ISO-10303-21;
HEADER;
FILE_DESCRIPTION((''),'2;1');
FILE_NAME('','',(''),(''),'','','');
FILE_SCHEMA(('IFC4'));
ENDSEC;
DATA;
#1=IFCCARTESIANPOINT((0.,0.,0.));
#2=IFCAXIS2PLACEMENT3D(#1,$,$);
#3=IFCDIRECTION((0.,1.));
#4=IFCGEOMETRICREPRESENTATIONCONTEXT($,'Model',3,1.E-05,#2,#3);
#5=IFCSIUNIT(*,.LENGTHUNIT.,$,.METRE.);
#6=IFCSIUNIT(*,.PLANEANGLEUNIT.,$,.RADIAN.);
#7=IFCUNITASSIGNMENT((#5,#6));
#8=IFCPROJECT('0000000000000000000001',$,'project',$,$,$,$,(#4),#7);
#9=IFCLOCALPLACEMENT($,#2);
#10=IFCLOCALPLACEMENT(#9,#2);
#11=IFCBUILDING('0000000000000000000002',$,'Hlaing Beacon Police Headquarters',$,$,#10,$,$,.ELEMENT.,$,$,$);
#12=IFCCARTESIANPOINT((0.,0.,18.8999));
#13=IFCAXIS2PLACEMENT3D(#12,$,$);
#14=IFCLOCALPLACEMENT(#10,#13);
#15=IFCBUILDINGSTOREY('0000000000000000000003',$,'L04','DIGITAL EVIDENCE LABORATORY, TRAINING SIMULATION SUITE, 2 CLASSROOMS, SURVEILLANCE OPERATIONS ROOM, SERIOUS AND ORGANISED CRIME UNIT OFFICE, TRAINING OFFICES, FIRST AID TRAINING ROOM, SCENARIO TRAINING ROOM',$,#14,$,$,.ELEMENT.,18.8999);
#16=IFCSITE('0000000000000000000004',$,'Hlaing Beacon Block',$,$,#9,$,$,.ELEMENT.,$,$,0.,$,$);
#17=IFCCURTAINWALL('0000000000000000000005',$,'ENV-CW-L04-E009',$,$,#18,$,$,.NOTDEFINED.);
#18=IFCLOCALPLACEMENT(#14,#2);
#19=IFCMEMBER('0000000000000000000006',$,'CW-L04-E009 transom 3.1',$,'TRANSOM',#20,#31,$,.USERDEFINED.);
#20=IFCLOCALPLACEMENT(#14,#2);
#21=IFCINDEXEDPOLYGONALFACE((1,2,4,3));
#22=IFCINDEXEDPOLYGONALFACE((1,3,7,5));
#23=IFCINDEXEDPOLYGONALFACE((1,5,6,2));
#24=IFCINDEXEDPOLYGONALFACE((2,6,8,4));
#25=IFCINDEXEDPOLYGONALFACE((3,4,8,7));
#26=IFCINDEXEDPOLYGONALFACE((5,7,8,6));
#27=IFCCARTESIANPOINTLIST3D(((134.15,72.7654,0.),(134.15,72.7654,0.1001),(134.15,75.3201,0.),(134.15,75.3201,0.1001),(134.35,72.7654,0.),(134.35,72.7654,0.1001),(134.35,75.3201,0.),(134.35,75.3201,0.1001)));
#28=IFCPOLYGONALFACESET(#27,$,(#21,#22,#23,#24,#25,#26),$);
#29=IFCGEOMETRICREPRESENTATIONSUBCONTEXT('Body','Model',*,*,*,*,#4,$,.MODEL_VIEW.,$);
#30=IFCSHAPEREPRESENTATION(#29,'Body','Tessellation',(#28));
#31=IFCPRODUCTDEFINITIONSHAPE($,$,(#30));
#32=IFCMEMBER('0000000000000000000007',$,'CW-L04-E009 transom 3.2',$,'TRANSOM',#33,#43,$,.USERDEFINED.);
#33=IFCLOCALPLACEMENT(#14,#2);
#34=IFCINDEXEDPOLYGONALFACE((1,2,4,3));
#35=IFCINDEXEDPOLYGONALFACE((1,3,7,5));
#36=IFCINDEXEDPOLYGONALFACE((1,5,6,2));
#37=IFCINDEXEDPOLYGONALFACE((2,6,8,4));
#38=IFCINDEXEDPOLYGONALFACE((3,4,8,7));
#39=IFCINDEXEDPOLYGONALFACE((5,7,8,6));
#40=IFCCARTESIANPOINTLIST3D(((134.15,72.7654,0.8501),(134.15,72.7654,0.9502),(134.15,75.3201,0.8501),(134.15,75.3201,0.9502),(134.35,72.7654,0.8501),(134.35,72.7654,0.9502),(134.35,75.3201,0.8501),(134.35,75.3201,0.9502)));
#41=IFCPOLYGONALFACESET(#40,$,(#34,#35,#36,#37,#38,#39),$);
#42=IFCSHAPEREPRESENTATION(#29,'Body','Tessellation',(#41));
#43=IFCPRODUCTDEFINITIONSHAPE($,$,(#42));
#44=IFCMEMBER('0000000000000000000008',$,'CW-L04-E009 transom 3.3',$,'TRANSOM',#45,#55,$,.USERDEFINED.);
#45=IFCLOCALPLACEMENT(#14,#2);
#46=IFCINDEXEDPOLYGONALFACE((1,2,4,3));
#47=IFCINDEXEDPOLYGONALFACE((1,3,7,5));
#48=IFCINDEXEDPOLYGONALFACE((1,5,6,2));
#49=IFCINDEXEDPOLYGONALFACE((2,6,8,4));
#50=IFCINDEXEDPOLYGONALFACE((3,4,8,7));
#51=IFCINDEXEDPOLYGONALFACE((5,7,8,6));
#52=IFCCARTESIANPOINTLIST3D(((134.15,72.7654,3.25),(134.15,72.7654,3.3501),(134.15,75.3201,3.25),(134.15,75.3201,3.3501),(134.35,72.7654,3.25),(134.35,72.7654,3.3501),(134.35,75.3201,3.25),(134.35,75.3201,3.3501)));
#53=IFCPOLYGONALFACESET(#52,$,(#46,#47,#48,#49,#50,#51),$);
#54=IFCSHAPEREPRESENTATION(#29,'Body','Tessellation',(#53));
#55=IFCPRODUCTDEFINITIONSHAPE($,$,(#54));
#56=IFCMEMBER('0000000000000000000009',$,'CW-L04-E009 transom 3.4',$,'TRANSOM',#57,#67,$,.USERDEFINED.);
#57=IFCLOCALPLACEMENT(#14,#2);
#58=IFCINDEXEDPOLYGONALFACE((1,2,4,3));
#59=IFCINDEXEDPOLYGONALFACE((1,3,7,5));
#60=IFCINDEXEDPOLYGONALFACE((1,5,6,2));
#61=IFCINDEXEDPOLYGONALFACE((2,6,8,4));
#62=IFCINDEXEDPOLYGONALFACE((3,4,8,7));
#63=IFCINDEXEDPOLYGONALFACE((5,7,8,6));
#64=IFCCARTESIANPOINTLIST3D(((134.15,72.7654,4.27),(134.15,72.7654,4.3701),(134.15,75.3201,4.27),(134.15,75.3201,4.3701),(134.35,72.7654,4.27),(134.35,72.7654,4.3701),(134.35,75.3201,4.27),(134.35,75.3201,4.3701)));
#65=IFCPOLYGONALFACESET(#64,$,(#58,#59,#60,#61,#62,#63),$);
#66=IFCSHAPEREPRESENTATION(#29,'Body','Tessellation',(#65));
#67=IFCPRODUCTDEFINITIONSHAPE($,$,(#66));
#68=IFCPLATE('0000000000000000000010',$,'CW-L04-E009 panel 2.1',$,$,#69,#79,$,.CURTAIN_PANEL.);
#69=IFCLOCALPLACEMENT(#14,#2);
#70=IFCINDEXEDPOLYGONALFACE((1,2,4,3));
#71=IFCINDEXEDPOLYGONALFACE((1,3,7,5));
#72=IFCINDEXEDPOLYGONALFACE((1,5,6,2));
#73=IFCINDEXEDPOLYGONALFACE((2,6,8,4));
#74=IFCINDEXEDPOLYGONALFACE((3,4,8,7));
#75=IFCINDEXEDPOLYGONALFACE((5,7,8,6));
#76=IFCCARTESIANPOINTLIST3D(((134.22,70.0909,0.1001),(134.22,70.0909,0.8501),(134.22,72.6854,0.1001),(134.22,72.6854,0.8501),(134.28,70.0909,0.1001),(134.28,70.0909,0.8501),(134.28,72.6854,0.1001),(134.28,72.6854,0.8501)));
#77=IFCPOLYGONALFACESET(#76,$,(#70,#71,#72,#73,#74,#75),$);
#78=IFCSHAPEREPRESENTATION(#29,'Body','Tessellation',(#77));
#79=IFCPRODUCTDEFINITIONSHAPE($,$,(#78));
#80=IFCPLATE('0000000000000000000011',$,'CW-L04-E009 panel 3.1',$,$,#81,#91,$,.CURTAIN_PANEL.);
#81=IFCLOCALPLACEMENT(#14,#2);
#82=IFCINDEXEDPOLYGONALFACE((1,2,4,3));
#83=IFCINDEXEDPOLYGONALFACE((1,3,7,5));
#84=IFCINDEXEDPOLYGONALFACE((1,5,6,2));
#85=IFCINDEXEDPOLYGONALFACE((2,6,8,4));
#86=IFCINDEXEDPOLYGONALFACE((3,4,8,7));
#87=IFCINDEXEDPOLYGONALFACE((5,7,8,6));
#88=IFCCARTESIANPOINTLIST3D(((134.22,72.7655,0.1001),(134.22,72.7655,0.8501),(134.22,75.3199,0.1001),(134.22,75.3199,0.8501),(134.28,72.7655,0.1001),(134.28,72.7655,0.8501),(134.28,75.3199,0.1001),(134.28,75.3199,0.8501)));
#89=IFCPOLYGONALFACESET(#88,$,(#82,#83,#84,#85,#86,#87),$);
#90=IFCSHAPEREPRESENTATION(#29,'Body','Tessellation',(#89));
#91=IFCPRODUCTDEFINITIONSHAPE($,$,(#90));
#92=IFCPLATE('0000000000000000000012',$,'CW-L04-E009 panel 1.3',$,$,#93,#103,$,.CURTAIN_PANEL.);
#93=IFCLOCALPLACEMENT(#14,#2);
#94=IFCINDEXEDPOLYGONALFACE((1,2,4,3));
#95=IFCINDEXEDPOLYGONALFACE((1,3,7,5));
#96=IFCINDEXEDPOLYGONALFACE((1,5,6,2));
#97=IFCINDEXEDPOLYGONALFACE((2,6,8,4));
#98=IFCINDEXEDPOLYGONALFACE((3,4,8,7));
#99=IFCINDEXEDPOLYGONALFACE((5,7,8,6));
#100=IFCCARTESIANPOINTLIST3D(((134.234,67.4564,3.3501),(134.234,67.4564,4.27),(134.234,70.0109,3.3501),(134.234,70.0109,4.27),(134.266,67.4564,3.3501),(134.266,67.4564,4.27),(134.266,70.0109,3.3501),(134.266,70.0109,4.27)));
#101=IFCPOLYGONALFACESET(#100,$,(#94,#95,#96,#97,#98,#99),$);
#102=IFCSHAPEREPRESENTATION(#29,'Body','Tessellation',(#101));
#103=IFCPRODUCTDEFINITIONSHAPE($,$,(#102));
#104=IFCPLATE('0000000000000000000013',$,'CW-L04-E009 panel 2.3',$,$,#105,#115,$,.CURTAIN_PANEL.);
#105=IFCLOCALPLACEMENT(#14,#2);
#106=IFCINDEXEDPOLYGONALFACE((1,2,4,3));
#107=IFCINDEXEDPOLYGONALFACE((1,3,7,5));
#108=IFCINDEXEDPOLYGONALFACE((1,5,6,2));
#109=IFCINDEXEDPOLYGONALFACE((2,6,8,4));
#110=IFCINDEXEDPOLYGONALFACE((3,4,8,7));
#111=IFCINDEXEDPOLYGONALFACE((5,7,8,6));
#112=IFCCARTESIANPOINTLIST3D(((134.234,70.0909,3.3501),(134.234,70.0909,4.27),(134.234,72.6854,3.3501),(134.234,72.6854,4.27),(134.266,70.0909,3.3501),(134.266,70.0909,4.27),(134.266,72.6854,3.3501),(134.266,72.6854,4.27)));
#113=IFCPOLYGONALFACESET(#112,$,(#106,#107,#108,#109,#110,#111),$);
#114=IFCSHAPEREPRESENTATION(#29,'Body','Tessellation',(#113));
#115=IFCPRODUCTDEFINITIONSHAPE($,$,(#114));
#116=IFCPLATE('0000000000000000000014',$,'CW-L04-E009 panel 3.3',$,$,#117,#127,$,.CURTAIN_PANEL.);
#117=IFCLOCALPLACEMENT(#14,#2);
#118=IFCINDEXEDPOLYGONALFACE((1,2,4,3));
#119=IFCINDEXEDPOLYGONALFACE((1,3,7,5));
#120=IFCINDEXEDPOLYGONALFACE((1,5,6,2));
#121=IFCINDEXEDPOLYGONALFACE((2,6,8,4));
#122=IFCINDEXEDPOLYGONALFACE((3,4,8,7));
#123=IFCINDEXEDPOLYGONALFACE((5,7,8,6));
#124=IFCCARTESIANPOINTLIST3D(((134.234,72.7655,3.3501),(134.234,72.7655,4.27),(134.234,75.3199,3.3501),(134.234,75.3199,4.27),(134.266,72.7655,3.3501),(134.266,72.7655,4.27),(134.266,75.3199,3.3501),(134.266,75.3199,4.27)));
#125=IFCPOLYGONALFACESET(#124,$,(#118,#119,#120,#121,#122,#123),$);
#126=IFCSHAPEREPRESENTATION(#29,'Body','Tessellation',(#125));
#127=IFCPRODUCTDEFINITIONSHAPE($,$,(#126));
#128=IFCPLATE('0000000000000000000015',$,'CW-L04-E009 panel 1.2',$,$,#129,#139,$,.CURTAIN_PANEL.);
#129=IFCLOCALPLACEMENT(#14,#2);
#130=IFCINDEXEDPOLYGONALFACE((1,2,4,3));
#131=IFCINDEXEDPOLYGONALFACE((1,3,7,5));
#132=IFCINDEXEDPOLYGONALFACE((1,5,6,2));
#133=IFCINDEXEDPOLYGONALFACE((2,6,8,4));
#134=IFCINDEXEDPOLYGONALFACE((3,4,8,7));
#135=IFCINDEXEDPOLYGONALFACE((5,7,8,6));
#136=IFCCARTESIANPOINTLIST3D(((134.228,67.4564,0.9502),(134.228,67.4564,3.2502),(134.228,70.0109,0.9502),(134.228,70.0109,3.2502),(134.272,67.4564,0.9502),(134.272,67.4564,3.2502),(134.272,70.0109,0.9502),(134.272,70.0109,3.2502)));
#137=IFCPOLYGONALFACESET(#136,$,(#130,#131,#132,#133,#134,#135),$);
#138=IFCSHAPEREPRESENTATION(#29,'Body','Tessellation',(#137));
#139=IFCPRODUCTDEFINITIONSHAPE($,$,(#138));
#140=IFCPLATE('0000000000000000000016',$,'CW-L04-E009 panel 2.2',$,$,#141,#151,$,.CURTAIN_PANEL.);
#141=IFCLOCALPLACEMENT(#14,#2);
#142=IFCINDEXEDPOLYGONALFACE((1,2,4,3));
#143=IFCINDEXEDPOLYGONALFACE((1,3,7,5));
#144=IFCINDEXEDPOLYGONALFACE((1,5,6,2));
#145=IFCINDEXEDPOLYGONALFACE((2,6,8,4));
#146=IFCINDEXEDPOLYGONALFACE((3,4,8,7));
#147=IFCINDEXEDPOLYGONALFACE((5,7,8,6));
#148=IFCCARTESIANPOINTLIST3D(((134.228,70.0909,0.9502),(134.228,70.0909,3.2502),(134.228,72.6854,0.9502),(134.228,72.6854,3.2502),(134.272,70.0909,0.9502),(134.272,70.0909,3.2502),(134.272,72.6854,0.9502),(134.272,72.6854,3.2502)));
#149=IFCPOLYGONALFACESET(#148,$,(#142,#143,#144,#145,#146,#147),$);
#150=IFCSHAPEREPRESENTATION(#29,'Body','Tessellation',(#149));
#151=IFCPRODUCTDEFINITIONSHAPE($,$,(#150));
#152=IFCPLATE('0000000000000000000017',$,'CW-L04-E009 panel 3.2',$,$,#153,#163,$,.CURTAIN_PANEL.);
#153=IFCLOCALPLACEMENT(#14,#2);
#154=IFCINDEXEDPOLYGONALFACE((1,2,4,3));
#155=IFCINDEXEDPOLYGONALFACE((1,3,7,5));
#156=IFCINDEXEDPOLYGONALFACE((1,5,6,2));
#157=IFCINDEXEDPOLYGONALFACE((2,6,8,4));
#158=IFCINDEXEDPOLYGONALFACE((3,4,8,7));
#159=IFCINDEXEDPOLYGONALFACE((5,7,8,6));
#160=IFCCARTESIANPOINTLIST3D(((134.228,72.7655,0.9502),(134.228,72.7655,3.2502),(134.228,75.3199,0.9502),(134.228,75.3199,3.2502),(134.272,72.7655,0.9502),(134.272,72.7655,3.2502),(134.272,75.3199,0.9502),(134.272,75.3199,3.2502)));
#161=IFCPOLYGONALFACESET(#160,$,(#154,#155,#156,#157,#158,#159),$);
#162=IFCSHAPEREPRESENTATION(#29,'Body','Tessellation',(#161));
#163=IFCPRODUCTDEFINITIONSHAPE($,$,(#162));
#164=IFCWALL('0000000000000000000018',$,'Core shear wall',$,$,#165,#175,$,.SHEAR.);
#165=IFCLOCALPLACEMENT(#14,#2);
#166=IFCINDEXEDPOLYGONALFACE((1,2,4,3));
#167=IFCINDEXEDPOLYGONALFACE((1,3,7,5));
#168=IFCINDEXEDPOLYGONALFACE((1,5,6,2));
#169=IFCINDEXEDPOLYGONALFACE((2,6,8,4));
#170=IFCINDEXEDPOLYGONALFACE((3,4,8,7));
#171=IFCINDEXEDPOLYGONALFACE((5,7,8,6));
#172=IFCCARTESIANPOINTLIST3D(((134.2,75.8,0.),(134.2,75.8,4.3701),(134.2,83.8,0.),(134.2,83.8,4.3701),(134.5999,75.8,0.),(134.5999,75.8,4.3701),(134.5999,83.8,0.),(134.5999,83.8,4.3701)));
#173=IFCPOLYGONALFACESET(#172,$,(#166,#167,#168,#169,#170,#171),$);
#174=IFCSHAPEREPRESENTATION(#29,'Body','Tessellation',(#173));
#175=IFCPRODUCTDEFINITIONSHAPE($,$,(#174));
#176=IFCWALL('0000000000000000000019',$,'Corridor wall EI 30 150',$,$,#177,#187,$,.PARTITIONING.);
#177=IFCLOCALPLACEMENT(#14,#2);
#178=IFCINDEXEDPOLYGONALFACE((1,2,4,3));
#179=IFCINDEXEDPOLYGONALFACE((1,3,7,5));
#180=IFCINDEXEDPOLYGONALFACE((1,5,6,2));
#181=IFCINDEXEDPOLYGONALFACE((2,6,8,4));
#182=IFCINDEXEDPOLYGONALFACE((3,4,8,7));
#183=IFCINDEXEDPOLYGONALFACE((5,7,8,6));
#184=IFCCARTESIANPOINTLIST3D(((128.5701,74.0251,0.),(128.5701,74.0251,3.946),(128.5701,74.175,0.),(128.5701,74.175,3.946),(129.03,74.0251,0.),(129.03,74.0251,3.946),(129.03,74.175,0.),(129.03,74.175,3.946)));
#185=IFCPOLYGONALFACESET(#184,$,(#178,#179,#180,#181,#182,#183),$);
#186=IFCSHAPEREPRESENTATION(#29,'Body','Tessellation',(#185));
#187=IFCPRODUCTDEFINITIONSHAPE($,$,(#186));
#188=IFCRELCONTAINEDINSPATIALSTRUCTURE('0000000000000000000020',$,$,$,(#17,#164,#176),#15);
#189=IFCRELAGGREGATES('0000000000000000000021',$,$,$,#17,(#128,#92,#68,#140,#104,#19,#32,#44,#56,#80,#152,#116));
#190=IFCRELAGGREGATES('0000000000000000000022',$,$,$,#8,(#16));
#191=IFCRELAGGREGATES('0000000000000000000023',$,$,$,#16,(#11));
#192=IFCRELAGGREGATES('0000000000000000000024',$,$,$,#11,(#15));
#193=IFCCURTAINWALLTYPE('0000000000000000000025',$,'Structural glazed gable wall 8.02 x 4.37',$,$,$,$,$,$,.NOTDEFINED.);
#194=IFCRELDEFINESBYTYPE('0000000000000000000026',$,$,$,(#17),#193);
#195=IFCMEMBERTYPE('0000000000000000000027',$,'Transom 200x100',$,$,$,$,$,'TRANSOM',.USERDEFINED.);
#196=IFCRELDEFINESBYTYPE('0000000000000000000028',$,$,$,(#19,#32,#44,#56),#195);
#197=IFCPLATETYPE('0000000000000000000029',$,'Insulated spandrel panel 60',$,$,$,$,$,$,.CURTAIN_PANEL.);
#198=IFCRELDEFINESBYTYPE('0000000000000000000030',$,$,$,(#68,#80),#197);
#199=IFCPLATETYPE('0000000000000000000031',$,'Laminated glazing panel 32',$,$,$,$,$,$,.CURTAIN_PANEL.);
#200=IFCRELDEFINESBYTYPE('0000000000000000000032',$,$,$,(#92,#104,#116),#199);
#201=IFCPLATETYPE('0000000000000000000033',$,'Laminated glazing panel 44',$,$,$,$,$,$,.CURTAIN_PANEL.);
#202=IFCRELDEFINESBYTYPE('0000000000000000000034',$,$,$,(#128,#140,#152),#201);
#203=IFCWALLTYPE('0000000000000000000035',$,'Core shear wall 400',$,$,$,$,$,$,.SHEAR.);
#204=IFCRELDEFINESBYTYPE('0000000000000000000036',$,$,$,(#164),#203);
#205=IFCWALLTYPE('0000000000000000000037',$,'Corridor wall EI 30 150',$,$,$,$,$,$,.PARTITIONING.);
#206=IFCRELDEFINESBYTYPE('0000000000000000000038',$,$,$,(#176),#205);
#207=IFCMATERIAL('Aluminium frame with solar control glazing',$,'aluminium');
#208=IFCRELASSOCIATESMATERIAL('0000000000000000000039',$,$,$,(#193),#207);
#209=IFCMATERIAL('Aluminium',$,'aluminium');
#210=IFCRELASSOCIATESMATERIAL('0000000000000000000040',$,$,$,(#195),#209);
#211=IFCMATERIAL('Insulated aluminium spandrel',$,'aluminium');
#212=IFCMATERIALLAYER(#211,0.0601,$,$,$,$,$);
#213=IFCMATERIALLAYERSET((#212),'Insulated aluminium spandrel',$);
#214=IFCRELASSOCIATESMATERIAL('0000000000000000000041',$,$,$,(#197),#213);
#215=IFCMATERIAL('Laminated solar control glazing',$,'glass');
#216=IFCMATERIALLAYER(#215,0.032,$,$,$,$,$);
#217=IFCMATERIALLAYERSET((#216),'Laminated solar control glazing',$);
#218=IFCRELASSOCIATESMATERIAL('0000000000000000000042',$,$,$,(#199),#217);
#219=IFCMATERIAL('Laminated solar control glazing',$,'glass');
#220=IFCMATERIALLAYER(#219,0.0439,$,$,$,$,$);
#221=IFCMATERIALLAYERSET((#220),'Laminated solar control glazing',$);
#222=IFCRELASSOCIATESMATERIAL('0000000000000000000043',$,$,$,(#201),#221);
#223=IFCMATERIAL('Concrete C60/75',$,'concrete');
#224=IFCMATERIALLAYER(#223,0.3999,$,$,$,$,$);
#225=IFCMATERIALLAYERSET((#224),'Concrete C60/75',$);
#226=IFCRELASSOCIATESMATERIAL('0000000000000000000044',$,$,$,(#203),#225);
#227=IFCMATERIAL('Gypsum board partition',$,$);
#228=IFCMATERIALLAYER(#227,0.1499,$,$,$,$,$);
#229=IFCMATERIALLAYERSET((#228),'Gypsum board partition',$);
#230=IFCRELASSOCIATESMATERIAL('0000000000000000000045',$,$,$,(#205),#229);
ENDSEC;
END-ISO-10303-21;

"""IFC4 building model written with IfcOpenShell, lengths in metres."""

from ifc_helpers import new_model, si_unit, direction, frame, frame_2d, origin, origin_2d, place, context, subcontext, project, spatial, rectangle, extrude, material, layer, layer_set, material_profile, profile_set, type_object, element, aggregate, save


model = new_model("IFC4")

# Units and contexts
model_context = context("Model", 3, precision=1e-05, world=origin(), true_north=direction((0.0, 1.0)))
body_context = subcontext(model_context, "Body", "Model", "MODEL_VIEW")
ifc_project = project(units=[si_unit("LENGTHUNIT", "METRE"), si_unit("PLANEANGLEUNIT", "RADIAN")], contexts=[model_context])

# Site, building, storey
site_placement = place(None, origin())
site = spatial("IfcSite", under=ifc_project, at=site_placement, Name="Hlaing Beacon Block", CompositionType="ELEMENT", RefElevation=0.0)
building_placement = place(site_placement, origin())
building = spatial("IfcBuilding", under=site, at=building_placement, Name="Hlaing Beacon Police Headquarters", CompositionType="ELEMENT")
storey_placement = place(building_placement, frame((0.0, 0.0, 18.8999)))
storey = spatial("IfcBuildingStorey", under=building, at=storey_placement, Name="L04", Description="DIGITAL EVIDENCE LABORATORY, TRAINING SIMULATION SUITE, 2 CLASSROOMS, SURVEILLANCE OPERATIONS ROOM, SERIOUS AND ORGANISED CRIME UNIT OFFICE, TRAINING OFFICES, FIRST AID TRAINING ROOM, SCENARIO TRAINING ROOM", CompositionType="ELEMENT", Elevation=18.8999)

# Curtain wall
ifc_material_1 = material(Name="Aluminium frame with solar control glazing", Category="aluminium")
curtain_wall_type = type_object("IfcCurtainWallType", Name="Structural glazed gable wall 8.02 x 4.37", PredefinedType="NOTDEFINED", material=ifc_material_1)
curtain_wall_placement = place(storey_placement, origin())
curtain_wall = element("IfcCurtainWall", 1, at=curtain_wall_placement, inside=storey, type_object=curtain_wall_type, Name="ENV-CW-L04-E009", PredefinedType="NOTDEFINED")

# Members
ifc_material_2 = material(Name="Aluminium", Category="aluminium")
ifc_material_profile_1 = material_profile(ifc_material_2, rectangle(XDim=0.2, YDim=0.1001, at=origin_2d()), Name="Transom 200x100")
ifc_profile_set_1 = profile_set([ifc_material_profile_1], Name="Aluminium")
member_type_1 = type_object("IfcMemberType", Name="Transom 200x100", ElementType="TRANSOM", PredefinedType="USERDEFINED", material=ifc_profile_set_1)
member_1_placement = place(storey_placement, frame((134.25, 72.7654, 0.05), z_axis=(0.0, 1.0, 0.0), x_axis=(-1.0, 0.0, 0.0)))
member_1 = element("IfcMember", 2, at=member_1_placement, type_object=member_type_1, Name="CW-L04-E009 transom 3.1", ObjectType="TRANSOM", PredefinedType="USERDEFINED", context=body_context, shape_type="SweptSolid", body=[
    extrude(rectangle(XDim=0.2, YDim=0.1001, at=origin_2d()), origin(), (0.0, 0.0, 1.0), 2.5547),
])
member_2_placement = place(storey_placement, frame((134.25, 72.7654, 0.9001), z_axis=(0.0, 1.0, 0.0), x_axis=(-1.0, 0.0, 0.0)))
member_2 = element("IfcMember", 3, at=member_2_placement, type_object=member_type_1, Name="CW-L04-E009 transom 3.2", ObjectType="TRANSOM", PredefinedType="USERDEFINED", context=body_context, shape_type="SweptSolid", body=[
    extrude(rectangle(XDim=0.2, YDim=0.1001, at=origin_2d()), origin(), (0.0, 0.0, 1.0), 2.5547),
])
member_3_placement = place(storey_placement, frame((134.25, 72.7654, 3.3), z_axis=(0.0, 1.0, 0.0), x_axis=(-1.0, 0.0, 0.0)))
member_3 = element("IfcMember", 4, at=member_3_placement, type_object=member_type_1, Name="CW-L04-E009 transom 3.3", ObjectType="TRANSOM", PredefinedType="USERDEFINED", context=body_context, shape_type="SweptSolid", body=[
    extrude(rectangle(XDim=0.2, YDim=0.1001, at=origin_2d()), origin(), (0.0, 0.0, 1.0), 2.5547),
])
member_4_placement = place(storey_placement, frame((134.25, 72.7654, 4.3201), z_axis=(0.0, 1.0, 0.0), x_axis=(-1.0, 0.0, 0.0)))
member_4 = element("IfcMember", 5, at=member_4_placement, type_object=member_type_1, Name="CW-L04-E009 transom 3.4", ObjectType="TRANSOM", PredefinedType="USERDEFINED", context=body_context, shape_type="SweptSolid", body=[
    extrude(rectangle(XDim=0.2, YDim=0.1001, at=origin_2d()), origin(), (0.0, 0.0, 1.0), 2.5547),
])

# Plates
ifc_material_3 = material(Name="Insulated aluminium spandrel", Category="aluminium")
ifc_layer_1 = layer(ifc_material_3, 0.0601)
ifc_layer_set_1 = layer_set([ifc_layer_1], Name="Insulated aluminium spandrel")
plate_type_1 = type_object("IfcPlateType", Name="Insulated spandrel panel 60", PredefinedType="CURTAIN_PANEL", material=ifc_layer_set_1)
plate_1_placement = place(storey_placement, frame((134.25, 71.3882, 0.1001), z_axis=(0.0, 0.0, 1.0), x_axis=(0.0, 1.0, 0.0)))
plate_1 = element("IfcPlate", 6, at=plate_1_placement, type_object=plate_type_1, Name="CW-L04-E009 panel 2.1", PredefinedType="CURTAIN_PANEL", context=body_context, shape_type="SweptSolid", body=[
    extrude(rectangle(XDim=2.5945, YDim=0.0601, at=origin_2d()), origin(), (0.0, 0.0, 1.0), 0.75),
])
plate_2_placement = place(storey_placement, frame((134.25, 74.0427, 0.1001), z_axis=(0.0, 0.0, 1.0), x_axis=(0.0, 1.0, 0.0)))
plate_2 = element("IfcPlate", 7, at=plate_2_placement, type_object=plate_type_1, Name="CW-L04-E009 panel 3.1", PredefinedType="CURTAIN_PANEL", context=body_context, shape_type="SweptSolid", body=[
    extrude(rectangle(XDim=2.5544, YDim=0.0601, at=origin_2d()), origin(), (0.0, 0.0, 1.0), 0.75),
])
ifc_material_4 = material(Name="Laminated solar control glazing", Category="glass")
ifc_layer_2 = layer(ifc_material_4, 0.032)
ifc_layer_set_2 = layer_set([ifc_layer_2], Name="Laminated solar control glazing")
plate_type_2 = type_object("IfcPlateType", Name="Laminated glazing panel 32", PredefinedType="CURTAIN_PANEL", material=ifc_layer_set_2)
plate_3_placement = place(storey_placement, frame((134.25, 68.7336, 3.3501), z_axis=(0.0, 0.0, 1.0), x_axis=(0.0, 1.0, 0.0)))
plate_3 = element("IfcPlate", 8, at=plate_3_placement, type_object=plate_type_2, Name="CW-L04-E009 panel 1.3", PredefinedType="CURTAIN_PANEL", context=body_context, shape_type="SweptSolid", body=[
    extrude(rectangle(XDim=2.5544, YDim=0.032, at=origin_2d()), origin(), (0.0, 0.0, 1.0), 0.9199),
])
plate_4_placement = place(storey_placement, frame((134.25, 71.3882, 3.3501), z_axis=(0.0, 0.0, 1.0), x_axis=(0.0, 1.0, 0.0)))
plate_4 = element("IfcPlate", 9, at=plate_4_placement, type_object=plate_type_2, Name="CW-L04-E009 panel 2.3", PredefinedType="CURTAIN_PANEL", context=body_context, shape_type="SweptSolid", body=[
    extrude(rectangle(XDim=2.5945, YDim=0.032, at=origin_2d()), origin(), (0.0, 0.0, 1.0), 0.9199),
])
plate_5_placement = place(storey_placement, frame((134.25, 74.0427, 3.3501), z_axis=(0.0, 0.0, 1.0), x_axis=(0.0, 1.0, 0.0)))
plate_5 = element("IfcPlate", 10, at=plate_5_placement, type_object=plate_type_2, Name="CW-L04-E009 panel 3.3", PredefinedType="CURTAIN_PANEL", context=body_context, shape_type="SweptSolid", body=[
    extrude(rectangle(XDim=2.5544, YDim=0.032, at=origin_2d()), origin(), (0.0, 0.0, 1.0), 0.9199),
])
ifc_material_5 = material(Name="Laminated solar control glazing", Category="glass")
ifc_layer_3 = layer(ifc_material_5, 0.0439)
ifc_layer_set_3 = layer_set([ifc_layer_3], Name="Laminated solar control glazing")
plate_type_3 = type_object("IfcPlateType", Name="Laminated glazing panel 44", PredefinedType="CURTAIN_PANEL", material=ifc_layer_set_3)
plate_6_placement = place(storey_placement, frame((134.25, 68.7336, 0.9502), z_axis=(0.0, 0.0, 1.0), x_axis=(0.0, 1.0, 0.0)))
plate_6 = element("IfcPlate", 11, at=plate_6_placement, type_object=plate_type_3, Name="CW-L04-E009 panel 1.2", PredefinedType="CURTAIN_PANEL", context=body_context, shape_type="SweptSolid", body=[
    extrude(rectangle(XDim=2.5544, YDim=0.0439, at=origin_2d()), origin(), (0.0, 0.0, 1.0), 2.3),
])
plate_7_placement = place(storey_placement, frame((134.25, 71.3882, 0.9502), z_axis=(0.0, 0.0, 1.0), x_axis=(0.0, 1.0, 0.0)))
plate_7 = element("IfcPlate", 12, at=plate_7_placement, type_object=plate_type_3, Name="CW-L04-E009 panel 2.2", PredefinedType="CURTAIN_PANEL", context=body_context, shape_type="SweptSolid", body=[
    extrude(rectangle(XDim=2.5945, YDim=0.0439, at=origin_2d()), origin(), (0.0, 0.0, 1.0), 2.3),
])
plate_8_placement = place(storey_placement, frame((134.25, 74.0427, 0.9502), z_axis=(0.0, 0.0, 1.0), x_axis=(0.0, 1.0, 0.0)))
plate_8 = element("IfcPlate", 13, at=plate_8_placement, type_object=plate_type_3, Name="CW-L04-E009 panel 3.2", PredefinedType="CURTAIN_PANEL", context=body_context, shape_type="SweptSolid", body=[
    extrude(rectangle(XDim=2.5544, YDim=0.0439, at=origin_2d()), origin(), (0.0, 0.0, 1.0), 2.3),
])
aggregate(curtain_wall, [plate_6, plate_3, plate_1, plate_7, plate_4, member_1, member_2, member_3, member_4, plate_2, plate_8, plate_5])

# Walls
ifc_material_6 = material(Name="Concrete C60/75", Category="concrete")
ifc_layer_4 = layer(ifc_material_6, 0.3999)
ifc_layer_set_4 = layer_set([ifc_layer_4], Name="Concrete C60/75")
wall_type_1 = type_object("IfcWallType", Name="Core shear wall 400", PredefinedType="SHEAR", material=ifc_layer_set_4)
wall_1_placement = place(storey_placement, frame((134.3999, 75.8, 0.0), z_axis=(0.0, 0.0, 1.0), x_axis=(0.0, 1.0, 0.0)))
element("IfcWall", 14, at=wall_1_placement, inside=storey, type_object=wall_type_1, Name="Core shear wall", PredefinedType="SHEAR", context=body_context, shape_type="SweptSolid", body=[
    extrude(rectangle(XDim=8.0, YDim=0.3999, at=frame_2d((4.0, 0.0))), origin(), (0.0, 0.0, 1.0), 4.3701),
])
ifc_material_7 = material(Name="Gypsum board partition")
ifc_layer_5 = layer(ifc_material_7, 0.1499)
ifc_layer_set_5 = layer_set([ifc_layer_5], Name="Gypsum board partition")
wall_type_2 = type_object("IfcWallType", Name="Corridor wall EI 30 150", PredefinedType="PARTITIONING", material=ifc_layer_set_5)
wall_2_placement = place(storey_placement, frame((128.5701, 74.1001, 0.0), z_axis=(0.0, 0.0, 1.0), x_axis=(1.0, 0.0, 0.0)))
element("IfcWall", 15, at=wall_2_placement, inside=storey, type_object=wall_type_2, Name="Corridor wall EI 30 150", PredefinedType="PARTITIONING", context=body_context, shape_type="SweptSolid", body=[
    extrude(rectangle(XDim=0.46, YDim=0.1499, at=frame_2d((0.23, 0.0))), origin(), (0.0, 0.0, 1.0), 3.946),
])

save(model, "model.ifc")
